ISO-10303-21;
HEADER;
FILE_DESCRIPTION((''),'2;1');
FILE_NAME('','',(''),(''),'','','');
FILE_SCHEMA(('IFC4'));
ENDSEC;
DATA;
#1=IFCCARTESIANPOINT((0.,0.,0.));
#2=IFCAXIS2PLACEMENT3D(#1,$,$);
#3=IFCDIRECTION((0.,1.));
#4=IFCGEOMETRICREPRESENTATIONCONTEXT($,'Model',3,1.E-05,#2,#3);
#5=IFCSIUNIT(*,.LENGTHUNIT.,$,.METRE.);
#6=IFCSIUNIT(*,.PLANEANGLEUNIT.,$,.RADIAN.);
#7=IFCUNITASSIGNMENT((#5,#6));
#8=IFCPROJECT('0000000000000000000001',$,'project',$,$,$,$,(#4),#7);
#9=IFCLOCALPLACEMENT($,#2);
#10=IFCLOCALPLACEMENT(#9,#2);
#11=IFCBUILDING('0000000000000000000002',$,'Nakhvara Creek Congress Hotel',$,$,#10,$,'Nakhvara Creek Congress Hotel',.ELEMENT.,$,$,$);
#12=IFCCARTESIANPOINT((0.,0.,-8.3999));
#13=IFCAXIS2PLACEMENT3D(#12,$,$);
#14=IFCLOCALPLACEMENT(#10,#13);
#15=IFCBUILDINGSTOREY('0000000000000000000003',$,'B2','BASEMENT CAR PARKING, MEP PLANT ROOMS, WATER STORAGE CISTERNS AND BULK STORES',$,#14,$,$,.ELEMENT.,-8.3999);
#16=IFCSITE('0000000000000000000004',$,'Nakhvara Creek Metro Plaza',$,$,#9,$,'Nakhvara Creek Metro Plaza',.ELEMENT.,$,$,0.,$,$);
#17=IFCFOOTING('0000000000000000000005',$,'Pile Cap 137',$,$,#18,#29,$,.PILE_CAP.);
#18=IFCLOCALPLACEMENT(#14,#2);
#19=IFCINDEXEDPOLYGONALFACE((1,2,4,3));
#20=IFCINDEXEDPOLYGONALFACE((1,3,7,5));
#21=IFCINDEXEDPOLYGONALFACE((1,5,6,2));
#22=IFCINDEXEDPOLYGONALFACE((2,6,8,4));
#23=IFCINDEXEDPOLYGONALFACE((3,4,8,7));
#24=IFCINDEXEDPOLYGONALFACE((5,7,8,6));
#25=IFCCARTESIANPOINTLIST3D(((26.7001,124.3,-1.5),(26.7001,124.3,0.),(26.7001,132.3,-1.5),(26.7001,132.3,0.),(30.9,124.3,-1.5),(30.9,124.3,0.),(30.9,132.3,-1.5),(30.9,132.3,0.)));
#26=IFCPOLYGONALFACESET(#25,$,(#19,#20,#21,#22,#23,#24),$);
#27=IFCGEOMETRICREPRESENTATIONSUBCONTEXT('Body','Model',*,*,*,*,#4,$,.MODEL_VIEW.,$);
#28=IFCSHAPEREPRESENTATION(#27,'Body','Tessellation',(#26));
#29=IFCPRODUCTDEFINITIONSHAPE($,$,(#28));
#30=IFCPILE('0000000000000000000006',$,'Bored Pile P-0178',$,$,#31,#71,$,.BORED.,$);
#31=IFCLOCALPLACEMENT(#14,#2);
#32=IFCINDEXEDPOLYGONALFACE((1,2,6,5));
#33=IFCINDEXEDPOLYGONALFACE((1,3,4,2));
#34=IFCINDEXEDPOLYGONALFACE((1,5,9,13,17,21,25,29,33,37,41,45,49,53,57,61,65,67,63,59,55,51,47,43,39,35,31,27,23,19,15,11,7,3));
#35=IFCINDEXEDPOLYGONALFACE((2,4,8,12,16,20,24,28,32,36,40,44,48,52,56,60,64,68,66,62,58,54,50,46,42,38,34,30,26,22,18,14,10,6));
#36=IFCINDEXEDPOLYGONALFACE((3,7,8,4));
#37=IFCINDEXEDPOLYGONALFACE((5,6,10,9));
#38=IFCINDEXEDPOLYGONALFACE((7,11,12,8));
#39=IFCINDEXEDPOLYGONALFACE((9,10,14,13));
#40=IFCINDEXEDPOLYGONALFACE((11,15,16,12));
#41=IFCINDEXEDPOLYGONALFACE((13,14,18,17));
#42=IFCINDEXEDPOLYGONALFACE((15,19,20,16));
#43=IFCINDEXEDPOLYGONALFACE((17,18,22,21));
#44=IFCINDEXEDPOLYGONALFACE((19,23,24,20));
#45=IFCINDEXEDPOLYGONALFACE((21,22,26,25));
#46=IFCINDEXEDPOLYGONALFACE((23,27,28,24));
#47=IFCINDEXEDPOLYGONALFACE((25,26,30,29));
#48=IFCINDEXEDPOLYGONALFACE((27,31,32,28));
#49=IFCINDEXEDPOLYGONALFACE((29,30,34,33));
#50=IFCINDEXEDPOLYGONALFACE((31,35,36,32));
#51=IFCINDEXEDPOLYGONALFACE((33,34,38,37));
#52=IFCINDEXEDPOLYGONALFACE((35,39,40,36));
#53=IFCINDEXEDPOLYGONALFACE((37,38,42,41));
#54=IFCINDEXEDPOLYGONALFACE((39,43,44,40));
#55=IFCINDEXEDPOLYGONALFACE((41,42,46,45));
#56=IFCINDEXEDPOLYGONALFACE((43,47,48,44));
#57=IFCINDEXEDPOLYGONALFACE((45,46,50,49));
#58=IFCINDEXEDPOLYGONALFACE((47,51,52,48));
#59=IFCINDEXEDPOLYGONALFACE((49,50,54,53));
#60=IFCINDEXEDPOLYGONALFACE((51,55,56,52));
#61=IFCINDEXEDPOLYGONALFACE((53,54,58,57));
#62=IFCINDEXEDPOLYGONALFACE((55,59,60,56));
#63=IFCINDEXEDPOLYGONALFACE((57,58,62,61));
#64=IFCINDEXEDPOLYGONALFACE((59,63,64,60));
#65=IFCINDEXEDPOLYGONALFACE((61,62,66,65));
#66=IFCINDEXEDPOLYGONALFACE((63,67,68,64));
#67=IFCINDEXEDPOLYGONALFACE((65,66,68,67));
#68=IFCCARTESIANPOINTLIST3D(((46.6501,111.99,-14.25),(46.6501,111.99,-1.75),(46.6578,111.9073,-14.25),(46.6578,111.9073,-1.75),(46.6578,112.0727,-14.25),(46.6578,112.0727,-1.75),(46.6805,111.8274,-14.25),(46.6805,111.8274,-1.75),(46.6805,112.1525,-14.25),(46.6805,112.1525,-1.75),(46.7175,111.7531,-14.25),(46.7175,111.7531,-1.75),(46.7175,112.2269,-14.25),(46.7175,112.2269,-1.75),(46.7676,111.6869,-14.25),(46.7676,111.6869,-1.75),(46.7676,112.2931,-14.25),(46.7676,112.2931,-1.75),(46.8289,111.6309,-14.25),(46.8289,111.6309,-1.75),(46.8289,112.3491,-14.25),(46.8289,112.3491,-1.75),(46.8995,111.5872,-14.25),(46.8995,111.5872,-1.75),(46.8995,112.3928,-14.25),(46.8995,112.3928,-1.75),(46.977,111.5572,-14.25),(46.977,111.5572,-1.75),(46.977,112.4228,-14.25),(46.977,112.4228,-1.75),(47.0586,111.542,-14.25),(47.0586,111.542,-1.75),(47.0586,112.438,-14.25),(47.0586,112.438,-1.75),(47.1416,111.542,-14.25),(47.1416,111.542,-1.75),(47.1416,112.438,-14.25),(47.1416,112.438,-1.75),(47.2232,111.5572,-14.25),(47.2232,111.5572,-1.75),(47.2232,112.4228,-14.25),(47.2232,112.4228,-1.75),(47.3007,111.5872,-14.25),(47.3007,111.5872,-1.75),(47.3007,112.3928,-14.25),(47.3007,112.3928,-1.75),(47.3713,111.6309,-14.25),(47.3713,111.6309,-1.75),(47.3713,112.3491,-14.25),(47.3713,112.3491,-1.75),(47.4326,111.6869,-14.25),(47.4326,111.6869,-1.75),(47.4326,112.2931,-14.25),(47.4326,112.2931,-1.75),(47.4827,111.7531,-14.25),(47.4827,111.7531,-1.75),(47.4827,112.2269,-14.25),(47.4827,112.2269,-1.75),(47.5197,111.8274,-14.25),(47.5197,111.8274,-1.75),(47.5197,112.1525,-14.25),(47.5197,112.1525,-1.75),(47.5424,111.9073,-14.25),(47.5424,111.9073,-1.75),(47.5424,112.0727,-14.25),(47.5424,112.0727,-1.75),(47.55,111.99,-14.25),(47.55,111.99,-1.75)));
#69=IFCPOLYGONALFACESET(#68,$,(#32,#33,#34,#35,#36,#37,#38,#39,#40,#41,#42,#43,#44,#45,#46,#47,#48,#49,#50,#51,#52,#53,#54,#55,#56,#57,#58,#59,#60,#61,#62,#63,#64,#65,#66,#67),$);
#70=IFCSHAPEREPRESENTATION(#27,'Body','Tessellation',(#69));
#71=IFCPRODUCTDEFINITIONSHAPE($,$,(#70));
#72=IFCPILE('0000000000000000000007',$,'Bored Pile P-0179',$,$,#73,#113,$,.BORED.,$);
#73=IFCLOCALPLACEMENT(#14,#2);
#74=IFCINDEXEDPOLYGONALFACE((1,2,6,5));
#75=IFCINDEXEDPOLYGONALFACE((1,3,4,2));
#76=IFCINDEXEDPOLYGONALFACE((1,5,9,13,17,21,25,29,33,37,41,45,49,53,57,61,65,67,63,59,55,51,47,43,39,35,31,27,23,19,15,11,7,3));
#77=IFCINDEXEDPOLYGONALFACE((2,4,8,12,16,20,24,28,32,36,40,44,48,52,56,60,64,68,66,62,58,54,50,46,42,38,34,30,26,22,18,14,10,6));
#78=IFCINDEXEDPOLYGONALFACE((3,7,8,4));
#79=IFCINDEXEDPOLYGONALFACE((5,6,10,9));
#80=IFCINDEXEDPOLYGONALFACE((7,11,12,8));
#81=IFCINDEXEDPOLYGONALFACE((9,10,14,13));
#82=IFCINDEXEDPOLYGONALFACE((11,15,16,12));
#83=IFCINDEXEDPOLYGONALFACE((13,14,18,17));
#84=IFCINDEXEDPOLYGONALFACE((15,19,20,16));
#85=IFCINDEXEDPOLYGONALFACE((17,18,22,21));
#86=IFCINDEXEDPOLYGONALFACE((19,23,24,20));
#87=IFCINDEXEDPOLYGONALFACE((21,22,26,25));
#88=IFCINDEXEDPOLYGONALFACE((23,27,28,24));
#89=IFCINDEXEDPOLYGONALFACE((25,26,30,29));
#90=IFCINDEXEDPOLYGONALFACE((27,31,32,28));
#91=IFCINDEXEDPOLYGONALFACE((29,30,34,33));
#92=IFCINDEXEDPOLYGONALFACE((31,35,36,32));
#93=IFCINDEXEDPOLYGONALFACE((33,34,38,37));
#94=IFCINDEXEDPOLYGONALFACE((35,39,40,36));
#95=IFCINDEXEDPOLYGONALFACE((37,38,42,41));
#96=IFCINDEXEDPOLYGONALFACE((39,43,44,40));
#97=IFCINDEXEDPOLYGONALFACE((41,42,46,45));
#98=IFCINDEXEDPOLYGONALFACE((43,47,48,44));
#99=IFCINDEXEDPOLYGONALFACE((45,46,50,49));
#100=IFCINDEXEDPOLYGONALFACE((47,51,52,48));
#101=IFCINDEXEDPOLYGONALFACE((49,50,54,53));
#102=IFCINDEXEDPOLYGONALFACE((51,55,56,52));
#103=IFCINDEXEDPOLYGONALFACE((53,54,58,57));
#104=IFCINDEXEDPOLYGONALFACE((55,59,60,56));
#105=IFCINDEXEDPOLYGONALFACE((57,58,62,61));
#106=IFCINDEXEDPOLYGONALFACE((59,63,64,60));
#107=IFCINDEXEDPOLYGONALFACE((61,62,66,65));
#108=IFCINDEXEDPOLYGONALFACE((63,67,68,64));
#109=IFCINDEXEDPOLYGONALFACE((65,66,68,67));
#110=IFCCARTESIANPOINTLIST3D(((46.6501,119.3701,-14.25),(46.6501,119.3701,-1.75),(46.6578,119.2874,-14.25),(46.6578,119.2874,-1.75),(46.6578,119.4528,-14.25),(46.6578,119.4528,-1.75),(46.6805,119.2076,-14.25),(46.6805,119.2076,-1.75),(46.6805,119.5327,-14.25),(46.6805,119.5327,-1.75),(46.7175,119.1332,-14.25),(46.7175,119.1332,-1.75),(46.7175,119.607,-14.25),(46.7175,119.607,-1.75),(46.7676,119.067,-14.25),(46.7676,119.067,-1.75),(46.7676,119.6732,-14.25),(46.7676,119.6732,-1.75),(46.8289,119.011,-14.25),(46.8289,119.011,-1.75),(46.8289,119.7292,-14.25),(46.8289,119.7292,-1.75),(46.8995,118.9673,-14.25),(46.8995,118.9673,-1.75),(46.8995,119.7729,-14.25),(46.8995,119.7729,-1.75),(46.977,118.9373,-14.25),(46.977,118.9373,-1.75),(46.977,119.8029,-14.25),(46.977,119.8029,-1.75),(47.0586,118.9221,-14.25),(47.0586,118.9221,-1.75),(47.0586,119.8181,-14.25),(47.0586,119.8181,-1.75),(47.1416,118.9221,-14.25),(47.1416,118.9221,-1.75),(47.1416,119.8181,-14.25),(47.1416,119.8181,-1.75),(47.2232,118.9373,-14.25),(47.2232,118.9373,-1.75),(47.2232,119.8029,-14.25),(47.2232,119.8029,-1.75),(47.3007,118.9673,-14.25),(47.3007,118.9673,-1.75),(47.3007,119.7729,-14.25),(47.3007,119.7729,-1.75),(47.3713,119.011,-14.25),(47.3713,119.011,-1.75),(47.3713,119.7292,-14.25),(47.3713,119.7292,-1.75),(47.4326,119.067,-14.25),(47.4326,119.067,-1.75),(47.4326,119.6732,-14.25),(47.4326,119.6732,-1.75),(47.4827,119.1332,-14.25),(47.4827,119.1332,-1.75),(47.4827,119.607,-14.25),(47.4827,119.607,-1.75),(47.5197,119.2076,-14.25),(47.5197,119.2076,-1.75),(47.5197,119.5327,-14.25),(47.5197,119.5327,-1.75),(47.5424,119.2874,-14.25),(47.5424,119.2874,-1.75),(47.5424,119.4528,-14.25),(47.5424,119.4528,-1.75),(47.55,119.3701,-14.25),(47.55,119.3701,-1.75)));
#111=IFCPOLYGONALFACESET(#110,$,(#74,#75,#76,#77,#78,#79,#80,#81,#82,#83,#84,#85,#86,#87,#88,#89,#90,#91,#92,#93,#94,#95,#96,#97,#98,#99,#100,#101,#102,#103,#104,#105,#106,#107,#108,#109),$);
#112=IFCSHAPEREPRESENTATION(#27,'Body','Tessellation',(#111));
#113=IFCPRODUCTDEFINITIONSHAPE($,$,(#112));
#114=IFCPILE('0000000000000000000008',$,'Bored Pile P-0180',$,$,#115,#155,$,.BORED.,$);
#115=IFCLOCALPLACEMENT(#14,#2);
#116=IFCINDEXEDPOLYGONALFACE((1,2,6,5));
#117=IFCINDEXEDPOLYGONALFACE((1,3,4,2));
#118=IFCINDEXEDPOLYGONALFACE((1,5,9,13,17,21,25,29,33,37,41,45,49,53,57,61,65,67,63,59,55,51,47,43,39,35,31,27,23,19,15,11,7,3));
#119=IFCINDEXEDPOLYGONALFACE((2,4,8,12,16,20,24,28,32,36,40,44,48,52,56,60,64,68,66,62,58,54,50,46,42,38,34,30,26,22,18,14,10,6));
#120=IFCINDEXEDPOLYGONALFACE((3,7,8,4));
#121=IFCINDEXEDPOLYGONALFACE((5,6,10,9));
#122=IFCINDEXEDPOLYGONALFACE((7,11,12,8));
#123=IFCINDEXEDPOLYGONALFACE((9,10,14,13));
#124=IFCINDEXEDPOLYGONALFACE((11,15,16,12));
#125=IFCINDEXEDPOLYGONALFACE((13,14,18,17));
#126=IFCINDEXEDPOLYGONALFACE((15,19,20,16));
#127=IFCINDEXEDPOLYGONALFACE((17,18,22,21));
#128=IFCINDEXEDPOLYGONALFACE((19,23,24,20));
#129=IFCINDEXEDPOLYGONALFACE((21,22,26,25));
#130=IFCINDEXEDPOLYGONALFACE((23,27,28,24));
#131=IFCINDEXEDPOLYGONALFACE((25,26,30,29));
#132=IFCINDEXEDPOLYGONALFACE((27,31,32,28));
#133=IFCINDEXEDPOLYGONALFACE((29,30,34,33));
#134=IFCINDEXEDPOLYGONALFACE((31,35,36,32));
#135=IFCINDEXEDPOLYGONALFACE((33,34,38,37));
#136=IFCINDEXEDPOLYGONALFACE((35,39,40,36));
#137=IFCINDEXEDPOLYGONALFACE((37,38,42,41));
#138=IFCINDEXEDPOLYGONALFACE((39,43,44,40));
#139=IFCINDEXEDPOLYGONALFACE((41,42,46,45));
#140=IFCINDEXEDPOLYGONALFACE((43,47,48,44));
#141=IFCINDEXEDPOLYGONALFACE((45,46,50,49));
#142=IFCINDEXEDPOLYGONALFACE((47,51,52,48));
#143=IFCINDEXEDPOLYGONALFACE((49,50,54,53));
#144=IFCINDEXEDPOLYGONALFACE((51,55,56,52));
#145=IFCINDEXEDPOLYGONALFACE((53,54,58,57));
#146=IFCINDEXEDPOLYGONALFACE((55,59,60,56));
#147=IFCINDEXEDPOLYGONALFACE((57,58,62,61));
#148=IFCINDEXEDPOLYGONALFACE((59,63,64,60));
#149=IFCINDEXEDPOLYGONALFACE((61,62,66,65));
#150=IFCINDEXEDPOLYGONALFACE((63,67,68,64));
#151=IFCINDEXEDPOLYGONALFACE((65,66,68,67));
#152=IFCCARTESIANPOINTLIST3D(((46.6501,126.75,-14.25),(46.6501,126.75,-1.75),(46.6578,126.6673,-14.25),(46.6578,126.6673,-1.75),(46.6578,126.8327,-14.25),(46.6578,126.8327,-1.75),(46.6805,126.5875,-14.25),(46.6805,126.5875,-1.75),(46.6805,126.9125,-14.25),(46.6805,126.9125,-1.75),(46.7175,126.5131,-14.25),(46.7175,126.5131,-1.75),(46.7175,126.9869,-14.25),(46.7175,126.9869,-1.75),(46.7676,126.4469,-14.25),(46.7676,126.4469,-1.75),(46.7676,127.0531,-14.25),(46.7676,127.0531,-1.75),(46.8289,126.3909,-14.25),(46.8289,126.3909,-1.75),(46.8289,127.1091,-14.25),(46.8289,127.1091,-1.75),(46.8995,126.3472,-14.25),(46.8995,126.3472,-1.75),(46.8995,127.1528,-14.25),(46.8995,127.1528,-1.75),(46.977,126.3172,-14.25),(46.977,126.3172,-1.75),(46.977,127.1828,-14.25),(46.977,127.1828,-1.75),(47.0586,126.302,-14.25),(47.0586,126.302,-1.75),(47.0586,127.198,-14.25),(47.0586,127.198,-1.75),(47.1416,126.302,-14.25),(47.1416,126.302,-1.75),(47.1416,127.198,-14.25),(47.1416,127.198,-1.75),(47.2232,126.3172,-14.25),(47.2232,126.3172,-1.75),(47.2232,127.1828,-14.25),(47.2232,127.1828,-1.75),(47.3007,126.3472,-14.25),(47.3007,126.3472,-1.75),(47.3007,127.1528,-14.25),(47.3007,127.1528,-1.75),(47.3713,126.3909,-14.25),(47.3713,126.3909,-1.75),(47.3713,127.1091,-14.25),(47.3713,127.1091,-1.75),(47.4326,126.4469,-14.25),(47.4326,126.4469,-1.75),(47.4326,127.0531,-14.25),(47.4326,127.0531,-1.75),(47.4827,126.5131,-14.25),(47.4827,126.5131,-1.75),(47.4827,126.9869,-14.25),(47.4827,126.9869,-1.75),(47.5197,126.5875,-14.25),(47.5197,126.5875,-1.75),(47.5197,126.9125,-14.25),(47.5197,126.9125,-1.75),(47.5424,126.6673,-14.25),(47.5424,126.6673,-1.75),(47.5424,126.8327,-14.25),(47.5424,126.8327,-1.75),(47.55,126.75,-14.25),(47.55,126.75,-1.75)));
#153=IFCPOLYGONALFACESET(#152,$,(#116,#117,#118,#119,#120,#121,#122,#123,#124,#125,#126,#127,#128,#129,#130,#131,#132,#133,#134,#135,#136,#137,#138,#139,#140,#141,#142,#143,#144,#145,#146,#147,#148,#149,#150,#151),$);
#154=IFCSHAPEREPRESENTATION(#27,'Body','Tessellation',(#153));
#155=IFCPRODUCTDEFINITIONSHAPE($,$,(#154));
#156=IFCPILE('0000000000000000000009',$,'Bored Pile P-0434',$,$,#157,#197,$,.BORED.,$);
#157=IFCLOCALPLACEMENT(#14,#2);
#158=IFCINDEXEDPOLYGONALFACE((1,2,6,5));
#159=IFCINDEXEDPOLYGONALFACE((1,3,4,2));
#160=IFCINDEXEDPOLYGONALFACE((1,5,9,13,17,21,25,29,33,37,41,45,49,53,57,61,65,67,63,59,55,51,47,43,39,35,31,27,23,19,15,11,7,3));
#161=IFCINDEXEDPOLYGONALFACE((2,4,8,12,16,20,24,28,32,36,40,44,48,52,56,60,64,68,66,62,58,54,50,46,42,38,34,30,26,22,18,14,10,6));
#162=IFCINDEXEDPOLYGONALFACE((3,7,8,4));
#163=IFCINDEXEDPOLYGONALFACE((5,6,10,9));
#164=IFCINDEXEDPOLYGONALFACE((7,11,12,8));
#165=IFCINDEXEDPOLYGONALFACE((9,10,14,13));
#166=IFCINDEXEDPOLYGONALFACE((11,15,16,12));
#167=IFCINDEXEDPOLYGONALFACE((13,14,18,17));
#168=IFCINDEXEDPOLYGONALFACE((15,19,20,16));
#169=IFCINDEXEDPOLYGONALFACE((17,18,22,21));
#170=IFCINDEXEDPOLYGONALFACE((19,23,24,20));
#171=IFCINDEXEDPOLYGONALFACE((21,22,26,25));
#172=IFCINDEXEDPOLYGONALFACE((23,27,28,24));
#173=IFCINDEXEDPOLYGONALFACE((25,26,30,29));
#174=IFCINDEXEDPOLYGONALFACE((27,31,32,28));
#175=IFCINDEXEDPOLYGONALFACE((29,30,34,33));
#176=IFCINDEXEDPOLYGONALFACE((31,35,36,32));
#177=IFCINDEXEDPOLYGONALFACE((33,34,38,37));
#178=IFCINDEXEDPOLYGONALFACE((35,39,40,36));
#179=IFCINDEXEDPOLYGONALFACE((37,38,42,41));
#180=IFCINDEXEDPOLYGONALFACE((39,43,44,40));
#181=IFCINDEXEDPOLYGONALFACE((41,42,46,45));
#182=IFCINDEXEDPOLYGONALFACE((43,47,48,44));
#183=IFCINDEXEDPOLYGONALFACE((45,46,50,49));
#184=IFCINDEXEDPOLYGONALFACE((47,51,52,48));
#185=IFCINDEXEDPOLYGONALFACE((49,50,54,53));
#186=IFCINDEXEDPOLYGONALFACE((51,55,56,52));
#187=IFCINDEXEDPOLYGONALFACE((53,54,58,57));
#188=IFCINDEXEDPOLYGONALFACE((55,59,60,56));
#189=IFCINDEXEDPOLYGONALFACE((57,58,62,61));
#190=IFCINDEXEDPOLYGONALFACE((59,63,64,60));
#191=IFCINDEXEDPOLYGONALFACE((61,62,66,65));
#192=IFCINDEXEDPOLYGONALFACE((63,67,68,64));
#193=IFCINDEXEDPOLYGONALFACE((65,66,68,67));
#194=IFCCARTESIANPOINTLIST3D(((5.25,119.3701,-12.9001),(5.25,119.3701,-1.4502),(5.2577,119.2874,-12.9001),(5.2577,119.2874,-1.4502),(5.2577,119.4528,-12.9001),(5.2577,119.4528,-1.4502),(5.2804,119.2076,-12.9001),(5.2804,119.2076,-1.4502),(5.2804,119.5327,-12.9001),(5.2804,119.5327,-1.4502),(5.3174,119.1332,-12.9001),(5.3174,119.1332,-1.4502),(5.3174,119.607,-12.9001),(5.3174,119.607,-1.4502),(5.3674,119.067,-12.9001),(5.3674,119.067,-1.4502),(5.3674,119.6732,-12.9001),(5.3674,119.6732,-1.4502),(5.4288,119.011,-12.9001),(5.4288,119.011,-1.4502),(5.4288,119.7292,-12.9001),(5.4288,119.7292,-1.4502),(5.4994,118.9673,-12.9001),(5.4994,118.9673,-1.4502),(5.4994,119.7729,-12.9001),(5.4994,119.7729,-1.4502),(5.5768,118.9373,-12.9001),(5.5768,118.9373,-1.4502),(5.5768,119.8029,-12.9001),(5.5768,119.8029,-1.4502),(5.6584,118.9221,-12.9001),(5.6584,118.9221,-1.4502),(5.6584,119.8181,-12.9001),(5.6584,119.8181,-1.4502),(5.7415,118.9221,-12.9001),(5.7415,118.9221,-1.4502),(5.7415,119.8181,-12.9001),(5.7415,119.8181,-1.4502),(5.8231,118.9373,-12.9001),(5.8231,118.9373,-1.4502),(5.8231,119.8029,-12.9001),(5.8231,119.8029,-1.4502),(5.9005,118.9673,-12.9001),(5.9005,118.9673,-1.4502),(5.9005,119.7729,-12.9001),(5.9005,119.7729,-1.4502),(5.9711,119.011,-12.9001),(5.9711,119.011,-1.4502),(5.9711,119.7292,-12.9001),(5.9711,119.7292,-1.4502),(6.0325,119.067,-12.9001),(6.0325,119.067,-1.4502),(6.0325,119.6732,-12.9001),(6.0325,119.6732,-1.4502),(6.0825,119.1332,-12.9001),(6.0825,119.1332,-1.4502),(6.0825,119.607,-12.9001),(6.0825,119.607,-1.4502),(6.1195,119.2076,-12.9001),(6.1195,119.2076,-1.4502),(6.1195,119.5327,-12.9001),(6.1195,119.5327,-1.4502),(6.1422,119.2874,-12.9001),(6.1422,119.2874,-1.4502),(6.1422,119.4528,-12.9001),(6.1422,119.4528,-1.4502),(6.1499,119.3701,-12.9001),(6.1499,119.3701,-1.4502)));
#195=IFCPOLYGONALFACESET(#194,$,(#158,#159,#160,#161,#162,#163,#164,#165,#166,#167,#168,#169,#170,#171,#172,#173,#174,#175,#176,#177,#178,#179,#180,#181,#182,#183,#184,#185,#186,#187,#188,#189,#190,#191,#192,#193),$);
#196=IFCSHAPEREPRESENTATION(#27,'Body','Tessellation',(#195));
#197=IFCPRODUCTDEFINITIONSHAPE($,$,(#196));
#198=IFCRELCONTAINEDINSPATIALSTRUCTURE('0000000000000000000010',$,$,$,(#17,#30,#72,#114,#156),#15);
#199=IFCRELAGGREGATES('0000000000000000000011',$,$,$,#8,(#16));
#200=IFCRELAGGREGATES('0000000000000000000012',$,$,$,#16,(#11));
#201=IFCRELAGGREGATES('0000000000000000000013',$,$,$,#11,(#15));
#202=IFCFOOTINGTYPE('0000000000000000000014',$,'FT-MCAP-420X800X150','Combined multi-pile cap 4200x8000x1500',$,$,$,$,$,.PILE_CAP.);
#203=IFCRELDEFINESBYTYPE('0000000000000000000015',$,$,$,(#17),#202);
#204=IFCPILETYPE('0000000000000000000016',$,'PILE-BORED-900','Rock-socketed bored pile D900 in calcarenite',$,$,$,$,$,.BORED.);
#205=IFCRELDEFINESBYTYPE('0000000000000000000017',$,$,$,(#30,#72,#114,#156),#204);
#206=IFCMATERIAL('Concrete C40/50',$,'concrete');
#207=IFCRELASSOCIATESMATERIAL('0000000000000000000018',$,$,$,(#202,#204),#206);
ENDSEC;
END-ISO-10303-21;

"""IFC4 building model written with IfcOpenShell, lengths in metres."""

from ifc_helpers import new_model, si_unit, direction, frame, origin, origin_2d, place, context, subcontext, project, spatial, rectangle, circle, extrude, material, material_profile, profile_set, type_object, element, save


model = new_model("IFC4")

# Units and contexts
model_context = context("Model", 3, precision=1e-05, world=origin(), true_north=direction((0.0, 1.0)))
body_context = subcontext(model_context, "Body", "Model", "MODEL_VIEW")
ifc_project = project(units=[si_unit("LENGTHUNIT", "METRE"), si_unit("PLANEANGLEUNIT", "RADIAN")], contexts=[model_context])

# Site, building, storey
site_placement = place(None, origin())
site = spatial("IfcSite", under=ifc_project, at=site_placement, Name="Nakhvara Creek Metro Plaza", LongName="Nakhvara Creek Metro Plaza", CompositionType="ELEMENT", RefElevation=0.0)
building_placement = place(site_placement, origin())
building = spatial("IfcBuilding", under=site, at=building_placement, Name="Nakhvara Creek Congress Hotel", LongName="Nakhvara Creek Congress Hotel", CompositionType="ELEMENT")
storey_placement = place(building_placement, frame((0.0, 0.0, -8.3999)))
storey = spatial("IfcBuildingStorey", under=building, at=storey_placement, Name="B2", Description="BASEMENT CAR PARKING, MEP PLANT ROOMS, WATER STORAGE CISTERNS AND BULK STORES", CompositionType="ELEMENT", Elevation=-8.3999)

# Footing
ifc_material_1 = material(Name="Concrete C40/50", Category="concrete")
footing_type = type_object("IfcFootingType", Name="FT-MCAP-420X800X150", Description="Combined multi-pile cap 4200x8000x1500", PredefinedType="PILE_CAP", material=ifc_material_1)
footing_placement = place(storey_placement, frame((28.8, 128.3, -1.5), z_axis=(0.0, 0.0, 1.0), x_axis=(1.0, 0.0, 0.0)))
element("IfcFooting", 1, at=footing_placement, inside=storey, type_object=footing_type, Name="Pile Cap 137", PredefinedType="PILE_CAP", context=body_context, shape_type="SweptSolid", body=[
    extrude(rectangle(XDim=4.2, YDim=8.0, at=origin_2d()), origin(), (0.0, 0.0, 1.0), 1.5),
])

# Piles
ifc_material_profile_1 = material_profile(ifc_material_1, circle(Radius=0.45, at=origin_2d()), Name="BORED PILE D900", Category="LoadBearing")
ifc_profile_set_1 = profile_set([ifc_material_profile_1], Name="Concrete C40/50")
pile_type = type_object("IfcPileType", Name="PILE-BORED-900", Description="Rock-socketed bored pile D900 in calcarenite", PredefinedType="BORED", material=ifc_profile_set_1)
for number, where, z_axis, x_axis, name in (
    (2, (47.1001, 111.99, -1.75), (0.0, 0.0, -1.0), (1.0, 0.0, 0.0), "Bored Pile P-0178"),
    (3, (47.1001, 119.3701, -1.75), (0.0, 0.0, -1.0), (1.0, 0.0, 0.0), "Bored Pile P-0179"),
    (4, (47.1001, 126.75, -1.75), (0.0, 0.0, -1.0), (1.0, 0.0, 0.0), "Bored Pile P-0180"),
):
    element("IfcPile", number, at=place(storey_placement, frame(where, z_axis=z_axis, x_axis=x_axis)), inside=storey, type_object=pile_type, Name=name, PredefinedType="BORED", context=body_context, shape_type="SweptSolid", body=[
        extrude(circle(Radius=0.45, at=origin_2d()), origin(), (0.0, 0.0, 1.0), 12.5),
    ])
for number, where, z_axis, x_axis, name in (
    (5, (5.7, 119.3701, -1.4502), (0.0, 0.0, -1.0), (1.0, 0.0, 0.0), "Bored Pile P-0434"),
):
    element("IfcPile", number, at=place(storey_placement, frame(where, z_axis=z_axis, x_axis=x_axis)), inside=storey, type_object=pile_type, Name=name, PredefinedType="BORED", context=body_context, shape_type="SweptSolid", body=[
        extrude(circle(Radius=0.45, at=origin_2d()), origin(), (0.0, 0.0, 1.0), 11.45),
    ])

save(model, "model.ifc")
